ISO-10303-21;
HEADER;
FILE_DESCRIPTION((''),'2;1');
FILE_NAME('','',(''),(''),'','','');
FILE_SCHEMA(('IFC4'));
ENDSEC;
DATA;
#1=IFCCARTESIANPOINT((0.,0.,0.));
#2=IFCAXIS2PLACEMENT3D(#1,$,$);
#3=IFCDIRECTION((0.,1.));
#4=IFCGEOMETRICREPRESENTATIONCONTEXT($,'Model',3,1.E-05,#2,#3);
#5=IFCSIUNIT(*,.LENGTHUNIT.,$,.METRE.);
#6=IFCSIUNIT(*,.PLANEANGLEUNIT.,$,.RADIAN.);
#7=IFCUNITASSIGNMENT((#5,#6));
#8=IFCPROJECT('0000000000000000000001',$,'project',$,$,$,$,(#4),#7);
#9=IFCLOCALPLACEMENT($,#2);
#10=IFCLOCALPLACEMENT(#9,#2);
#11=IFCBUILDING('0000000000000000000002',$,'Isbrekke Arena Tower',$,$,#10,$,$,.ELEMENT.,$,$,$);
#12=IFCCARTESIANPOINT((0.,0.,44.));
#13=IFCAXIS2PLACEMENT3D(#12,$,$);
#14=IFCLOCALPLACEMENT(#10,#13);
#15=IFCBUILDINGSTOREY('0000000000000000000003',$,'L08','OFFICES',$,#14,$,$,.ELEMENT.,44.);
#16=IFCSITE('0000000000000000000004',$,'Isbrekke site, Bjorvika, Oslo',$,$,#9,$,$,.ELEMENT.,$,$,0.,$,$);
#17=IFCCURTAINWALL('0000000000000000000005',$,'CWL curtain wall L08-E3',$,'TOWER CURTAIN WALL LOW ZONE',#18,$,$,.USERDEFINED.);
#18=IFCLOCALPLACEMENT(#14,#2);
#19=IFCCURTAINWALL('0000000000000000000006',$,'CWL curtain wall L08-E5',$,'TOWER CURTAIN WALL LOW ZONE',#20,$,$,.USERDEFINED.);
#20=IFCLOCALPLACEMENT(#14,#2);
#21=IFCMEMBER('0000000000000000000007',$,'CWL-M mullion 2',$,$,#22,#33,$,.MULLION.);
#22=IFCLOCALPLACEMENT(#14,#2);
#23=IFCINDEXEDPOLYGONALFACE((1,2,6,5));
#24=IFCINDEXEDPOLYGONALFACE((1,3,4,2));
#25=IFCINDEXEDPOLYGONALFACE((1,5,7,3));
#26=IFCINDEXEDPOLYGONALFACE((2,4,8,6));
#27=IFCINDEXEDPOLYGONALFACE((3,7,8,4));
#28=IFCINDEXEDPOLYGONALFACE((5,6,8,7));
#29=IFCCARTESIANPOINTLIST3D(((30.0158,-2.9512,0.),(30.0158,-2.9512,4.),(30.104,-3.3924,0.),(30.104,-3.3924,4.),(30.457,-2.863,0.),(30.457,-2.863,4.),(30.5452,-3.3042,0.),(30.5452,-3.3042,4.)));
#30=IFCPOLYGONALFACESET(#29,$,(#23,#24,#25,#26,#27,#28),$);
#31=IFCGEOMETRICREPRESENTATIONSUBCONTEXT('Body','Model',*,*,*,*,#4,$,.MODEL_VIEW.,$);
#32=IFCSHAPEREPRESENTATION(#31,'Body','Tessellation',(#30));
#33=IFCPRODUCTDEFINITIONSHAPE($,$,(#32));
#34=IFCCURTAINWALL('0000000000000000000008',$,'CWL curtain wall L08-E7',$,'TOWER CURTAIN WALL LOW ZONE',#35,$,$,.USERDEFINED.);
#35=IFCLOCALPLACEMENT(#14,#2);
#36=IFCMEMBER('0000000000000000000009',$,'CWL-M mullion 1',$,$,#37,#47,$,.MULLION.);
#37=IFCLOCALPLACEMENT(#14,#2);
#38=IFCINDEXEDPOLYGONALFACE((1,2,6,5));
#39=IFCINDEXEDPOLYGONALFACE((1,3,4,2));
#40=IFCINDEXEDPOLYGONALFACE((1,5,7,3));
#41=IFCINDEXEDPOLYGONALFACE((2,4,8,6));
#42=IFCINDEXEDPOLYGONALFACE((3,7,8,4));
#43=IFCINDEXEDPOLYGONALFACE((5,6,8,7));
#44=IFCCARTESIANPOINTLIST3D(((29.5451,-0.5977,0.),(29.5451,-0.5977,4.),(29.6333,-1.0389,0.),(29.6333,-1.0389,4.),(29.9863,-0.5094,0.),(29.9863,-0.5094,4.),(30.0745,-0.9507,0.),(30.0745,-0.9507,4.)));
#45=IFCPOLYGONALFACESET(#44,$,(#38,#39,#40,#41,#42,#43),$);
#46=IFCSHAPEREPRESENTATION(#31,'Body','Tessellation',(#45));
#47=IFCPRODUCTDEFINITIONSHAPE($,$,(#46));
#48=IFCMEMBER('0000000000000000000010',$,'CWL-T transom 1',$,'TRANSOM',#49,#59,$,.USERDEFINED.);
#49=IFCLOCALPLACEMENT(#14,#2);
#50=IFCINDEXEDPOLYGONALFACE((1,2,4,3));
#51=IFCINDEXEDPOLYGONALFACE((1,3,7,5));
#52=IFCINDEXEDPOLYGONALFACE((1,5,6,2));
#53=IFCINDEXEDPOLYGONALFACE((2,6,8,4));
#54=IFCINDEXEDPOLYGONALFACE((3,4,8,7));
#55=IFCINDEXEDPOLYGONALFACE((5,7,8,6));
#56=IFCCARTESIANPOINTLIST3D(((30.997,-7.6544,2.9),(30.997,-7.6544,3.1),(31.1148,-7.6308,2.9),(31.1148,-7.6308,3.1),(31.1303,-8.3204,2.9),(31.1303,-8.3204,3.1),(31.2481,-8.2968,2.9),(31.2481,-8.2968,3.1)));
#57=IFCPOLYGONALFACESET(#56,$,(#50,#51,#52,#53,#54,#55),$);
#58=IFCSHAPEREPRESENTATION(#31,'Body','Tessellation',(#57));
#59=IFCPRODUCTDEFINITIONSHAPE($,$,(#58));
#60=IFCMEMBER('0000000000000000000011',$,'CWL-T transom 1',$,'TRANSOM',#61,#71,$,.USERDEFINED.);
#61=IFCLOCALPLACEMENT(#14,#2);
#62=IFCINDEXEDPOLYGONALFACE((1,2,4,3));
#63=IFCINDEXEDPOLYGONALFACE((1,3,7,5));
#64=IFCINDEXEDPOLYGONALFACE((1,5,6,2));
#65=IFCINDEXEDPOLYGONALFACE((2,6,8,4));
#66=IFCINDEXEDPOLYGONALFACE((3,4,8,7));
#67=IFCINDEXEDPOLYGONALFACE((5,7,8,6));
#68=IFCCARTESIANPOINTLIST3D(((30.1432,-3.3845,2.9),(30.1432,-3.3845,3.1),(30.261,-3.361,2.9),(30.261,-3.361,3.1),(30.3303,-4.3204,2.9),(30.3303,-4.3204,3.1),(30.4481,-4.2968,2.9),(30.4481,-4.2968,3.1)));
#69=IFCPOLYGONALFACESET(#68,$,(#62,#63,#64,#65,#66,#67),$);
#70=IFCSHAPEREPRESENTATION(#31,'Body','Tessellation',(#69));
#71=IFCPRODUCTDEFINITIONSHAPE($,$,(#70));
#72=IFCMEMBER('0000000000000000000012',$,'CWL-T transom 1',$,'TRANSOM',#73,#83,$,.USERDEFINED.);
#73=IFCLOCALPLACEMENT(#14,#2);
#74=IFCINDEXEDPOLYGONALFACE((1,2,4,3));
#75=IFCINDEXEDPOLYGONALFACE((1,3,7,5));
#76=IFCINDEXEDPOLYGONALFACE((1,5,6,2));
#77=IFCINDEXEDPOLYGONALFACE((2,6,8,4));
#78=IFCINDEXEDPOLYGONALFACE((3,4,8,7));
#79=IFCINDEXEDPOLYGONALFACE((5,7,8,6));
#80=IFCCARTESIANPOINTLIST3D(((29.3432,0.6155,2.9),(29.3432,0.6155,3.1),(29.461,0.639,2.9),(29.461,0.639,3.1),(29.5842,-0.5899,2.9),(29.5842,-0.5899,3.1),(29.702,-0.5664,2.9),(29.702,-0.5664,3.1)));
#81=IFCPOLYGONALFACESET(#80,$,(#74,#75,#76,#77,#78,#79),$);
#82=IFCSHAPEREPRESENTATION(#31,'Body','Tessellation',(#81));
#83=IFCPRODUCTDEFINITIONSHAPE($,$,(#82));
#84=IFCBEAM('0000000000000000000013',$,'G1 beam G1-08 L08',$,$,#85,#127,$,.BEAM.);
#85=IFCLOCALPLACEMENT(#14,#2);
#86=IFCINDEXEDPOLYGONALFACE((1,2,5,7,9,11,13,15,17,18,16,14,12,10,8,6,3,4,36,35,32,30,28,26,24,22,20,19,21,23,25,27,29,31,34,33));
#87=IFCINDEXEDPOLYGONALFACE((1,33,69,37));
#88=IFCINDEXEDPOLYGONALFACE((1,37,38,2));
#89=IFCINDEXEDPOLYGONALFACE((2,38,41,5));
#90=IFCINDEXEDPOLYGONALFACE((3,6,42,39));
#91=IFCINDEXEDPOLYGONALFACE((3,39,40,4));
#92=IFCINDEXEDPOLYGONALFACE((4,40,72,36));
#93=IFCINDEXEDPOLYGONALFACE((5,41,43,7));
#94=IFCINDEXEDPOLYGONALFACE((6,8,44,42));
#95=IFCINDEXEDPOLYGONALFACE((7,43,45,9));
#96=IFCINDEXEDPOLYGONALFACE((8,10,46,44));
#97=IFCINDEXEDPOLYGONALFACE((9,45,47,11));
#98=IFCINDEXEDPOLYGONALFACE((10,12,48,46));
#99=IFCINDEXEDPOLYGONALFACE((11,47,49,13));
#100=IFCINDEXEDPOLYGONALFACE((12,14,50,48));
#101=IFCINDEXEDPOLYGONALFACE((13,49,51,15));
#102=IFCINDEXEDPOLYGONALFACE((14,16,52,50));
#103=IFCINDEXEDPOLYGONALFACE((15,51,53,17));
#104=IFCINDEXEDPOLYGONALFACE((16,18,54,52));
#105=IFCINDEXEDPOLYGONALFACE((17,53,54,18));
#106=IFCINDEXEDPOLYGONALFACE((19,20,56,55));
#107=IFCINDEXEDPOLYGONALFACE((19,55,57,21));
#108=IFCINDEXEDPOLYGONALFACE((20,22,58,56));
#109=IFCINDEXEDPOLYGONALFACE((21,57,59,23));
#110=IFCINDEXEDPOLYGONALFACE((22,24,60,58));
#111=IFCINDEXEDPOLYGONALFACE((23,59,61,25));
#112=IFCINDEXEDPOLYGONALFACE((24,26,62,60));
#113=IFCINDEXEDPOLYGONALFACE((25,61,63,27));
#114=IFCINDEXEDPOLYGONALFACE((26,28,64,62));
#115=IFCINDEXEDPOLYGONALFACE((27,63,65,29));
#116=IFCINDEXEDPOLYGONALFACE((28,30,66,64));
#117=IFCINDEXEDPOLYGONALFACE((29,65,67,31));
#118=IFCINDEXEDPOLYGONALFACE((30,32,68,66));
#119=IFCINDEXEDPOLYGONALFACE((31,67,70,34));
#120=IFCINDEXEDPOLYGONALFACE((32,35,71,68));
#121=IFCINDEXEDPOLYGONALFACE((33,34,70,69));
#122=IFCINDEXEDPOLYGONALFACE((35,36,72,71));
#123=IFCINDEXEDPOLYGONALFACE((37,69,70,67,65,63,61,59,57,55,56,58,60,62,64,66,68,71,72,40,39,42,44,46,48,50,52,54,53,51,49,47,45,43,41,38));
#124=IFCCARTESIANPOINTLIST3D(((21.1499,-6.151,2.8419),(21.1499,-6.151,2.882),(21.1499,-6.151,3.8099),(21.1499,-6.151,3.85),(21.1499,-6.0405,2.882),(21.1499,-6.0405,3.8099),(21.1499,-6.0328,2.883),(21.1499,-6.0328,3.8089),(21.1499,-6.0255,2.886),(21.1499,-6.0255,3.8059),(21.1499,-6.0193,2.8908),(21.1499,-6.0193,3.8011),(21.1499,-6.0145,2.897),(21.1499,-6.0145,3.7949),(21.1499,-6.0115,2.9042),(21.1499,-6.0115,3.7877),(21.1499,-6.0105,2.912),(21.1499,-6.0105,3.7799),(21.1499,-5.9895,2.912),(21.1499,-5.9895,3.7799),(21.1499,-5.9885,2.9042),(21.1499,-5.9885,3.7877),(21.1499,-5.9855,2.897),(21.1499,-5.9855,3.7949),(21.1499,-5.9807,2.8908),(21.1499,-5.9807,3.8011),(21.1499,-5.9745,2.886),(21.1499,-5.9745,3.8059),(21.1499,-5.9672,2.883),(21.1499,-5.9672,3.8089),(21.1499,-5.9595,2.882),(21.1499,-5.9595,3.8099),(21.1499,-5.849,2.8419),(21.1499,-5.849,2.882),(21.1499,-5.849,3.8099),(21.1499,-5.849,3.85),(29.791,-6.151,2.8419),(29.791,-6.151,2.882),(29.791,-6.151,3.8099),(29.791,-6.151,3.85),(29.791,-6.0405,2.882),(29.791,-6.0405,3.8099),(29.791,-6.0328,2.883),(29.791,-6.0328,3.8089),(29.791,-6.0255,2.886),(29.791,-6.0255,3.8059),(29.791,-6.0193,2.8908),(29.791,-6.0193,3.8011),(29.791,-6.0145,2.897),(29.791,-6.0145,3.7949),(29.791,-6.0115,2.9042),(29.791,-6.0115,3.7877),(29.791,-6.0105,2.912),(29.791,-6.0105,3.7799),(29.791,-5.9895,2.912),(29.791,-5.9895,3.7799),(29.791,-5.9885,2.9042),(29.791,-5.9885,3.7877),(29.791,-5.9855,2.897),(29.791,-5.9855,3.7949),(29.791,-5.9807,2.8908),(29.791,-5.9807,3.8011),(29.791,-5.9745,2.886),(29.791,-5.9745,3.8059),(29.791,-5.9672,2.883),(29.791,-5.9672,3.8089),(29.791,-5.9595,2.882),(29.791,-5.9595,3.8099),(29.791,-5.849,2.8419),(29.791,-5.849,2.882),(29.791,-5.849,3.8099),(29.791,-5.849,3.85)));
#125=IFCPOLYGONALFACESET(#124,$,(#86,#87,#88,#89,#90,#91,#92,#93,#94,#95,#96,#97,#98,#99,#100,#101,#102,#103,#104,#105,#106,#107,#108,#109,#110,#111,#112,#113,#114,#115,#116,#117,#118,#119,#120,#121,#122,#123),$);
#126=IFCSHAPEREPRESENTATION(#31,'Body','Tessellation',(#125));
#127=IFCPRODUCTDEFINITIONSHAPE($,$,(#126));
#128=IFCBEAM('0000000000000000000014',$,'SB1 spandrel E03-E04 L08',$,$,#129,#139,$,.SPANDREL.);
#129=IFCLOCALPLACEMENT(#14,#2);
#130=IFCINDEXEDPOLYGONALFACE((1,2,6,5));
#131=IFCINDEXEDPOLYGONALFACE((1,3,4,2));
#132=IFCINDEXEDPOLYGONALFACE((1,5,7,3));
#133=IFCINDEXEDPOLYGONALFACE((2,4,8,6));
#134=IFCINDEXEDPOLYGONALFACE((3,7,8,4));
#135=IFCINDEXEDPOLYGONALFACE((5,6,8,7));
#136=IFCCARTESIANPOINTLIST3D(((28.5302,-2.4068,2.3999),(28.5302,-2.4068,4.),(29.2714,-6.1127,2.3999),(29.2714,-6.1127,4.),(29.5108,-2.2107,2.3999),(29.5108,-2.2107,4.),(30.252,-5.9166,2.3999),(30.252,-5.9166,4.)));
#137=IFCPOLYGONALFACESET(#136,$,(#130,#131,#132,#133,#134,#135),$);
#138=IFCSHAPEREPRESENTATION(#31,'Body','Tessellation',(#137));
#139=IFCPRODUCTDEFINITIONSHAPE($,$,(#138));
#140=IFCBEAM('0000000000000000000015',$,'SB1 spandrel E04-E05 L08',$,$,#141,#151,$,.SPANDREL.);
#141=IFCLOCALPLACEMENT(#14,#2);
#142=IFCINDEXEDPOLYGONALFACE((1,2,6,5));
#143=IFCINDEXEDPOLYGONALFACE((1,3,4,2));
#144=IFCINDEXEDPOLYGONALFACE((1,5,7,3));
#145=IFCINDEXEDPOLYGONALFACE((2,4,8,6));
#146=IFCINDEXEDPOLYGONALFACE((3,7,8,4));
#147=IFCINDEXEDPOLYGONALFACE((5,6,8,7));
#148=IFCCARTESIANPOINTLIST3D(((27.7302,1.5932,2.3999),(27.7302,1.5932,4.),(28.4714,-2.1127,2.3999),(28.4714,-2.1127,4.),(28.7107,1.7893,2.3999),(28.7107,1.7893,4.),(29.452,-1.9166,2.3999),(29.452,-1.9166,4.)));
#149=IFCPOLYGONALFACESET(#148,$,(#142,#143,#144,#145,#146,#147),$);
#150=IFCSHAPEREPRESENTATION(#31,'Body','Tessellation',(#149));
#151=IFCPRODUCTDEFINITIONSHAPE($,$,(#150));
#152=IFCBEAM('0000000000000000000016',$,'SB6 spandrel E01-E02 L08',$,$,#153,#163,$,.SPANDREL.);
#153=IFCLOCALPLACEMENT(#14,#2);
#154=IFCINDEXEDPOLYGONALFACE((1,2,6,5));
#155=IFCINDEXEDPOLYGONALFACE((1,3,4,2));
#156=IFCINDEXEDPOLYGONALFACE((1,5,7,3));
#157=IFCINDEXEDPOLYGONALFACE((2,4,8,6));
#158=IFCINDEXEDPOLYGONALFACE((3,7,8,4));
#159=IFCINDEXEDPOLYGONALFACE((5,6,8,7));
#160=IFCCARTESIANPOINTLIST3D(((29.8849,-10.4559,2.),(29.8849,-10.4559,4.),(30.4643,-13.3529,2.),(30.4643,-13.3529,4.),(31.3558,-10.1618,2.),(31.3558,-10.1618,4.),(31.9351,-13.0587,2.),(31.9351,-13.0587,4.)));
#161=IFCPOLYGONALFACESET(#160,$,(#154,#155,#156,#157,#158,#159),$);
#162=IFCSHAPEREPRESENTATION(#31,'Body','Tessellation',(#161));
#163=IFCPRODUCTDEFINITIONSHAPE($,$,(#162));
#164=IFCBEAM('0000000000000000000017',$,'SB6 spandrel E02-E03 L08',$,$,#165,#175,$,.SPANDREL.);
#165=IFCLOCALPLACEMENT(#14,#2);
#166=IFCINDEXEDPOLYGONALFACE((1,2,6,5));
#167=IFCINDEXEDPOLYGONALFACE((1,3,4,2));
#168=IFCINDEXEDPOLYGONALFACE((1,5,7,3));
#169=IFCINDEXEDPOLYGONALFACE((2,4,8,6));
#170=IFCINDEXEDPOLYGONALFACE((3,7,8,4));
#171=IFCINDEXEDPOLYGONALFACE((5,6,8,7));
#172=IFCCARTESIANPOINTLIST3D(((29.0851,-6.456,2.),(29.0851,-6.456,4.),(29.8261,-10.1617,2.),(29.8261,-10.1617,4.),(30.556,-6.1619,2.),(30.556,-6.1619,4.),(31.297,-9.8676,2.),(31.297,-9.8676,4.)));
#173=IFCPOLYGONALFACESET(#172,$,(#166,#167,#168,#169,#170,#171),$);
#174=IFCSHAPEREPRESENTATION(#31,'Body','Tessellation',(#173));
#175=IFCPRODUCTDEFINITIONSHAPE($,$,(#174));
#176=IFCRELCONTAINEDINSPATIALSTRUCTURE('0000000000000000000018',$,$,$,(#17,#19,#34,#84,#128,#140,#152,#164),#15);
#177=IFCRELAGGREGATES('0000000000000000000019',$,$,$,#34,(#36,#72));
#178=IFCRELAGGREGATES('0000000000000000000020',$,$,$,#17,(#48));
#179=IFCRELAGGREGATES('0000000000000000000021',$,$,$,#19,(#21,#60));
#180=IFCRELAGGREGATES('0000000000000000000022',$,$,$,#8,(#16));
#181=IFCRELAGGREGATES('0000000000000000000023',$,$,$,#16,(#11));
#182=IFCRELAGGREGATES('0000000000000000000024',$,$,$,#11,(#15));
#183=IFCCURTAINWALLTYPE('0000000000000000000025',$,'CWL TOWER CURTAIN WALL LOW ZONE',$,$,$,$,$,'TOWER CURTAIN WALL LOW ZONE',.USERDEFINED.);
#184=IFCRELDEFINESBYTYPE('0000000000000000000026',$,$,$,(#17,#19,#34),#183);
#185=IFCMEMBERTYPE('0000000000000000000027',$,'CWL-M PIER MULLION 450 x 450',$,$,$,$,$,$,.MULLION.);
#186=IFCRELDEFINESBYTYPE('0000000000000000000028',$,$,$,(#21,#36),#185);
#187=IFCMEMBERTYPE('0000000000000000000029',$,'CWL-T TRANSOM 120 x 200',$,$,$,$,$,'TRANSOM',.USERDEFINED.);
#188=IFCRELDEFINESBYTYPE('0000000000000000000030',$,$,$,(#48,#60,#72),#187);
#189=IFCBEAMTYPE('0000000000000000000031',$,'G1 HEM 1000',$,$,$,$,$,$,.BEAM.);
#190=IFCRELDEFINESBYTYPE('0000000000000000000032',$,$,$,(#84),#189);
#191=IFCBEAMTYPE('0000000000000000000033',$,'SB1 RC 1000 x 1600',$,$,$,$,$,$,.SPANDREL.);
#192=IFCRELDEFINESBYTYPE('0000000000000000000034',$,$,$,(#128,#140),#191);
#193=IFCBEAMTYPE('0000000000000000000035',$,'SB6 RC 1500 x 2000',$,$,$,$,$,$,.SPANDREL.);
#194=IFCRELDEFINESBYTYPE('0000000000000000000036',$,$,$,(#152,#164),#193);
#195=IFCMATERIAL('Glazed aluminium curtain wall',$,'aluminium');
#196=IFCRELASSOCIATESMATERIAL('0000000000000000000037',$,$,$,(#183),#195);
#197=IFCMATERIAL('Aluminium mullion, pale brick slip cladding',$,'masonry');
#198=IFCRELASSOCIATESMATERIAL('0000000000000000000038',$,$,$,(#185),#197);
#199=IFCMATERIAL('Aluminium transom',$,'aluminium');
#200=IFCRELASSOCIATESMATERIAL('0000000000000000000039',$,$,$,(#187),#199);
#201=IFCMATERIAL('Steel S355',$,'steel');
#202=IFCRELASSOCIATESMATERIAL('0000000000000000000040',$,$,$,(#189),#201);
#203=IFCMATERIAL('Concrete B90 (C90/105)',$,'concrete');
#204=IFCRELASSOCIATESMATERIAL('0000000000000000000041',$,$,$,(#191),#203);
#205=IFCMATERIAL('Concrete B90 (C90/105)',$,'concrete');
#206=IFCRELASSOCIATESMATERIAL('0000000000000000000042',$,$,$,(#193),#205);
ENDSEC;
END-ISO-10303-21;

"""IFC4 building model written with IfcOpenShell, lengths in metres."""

from ifc_helpers import new_model, si_unit, direction, frame, origin, origin_2d, place, context, subcontext, project, spatial, rectangle, i_section, extrude, material, material_profile, profile_set, type_object, element, aggregate, save


model = new_model("IFC4")

# Units and contexts
model_context = context("Model", 3, precision=1e-05, world=origin(), true_north=direction((0.0, 1.0)))
body_context = subcontext(model_context, "Body", "Model", "MODEL_VIEW")
ifc_project = project(units=[si_unit("LENGTHUNIT", "METRE"), si_unit("PLANEANGLEUNIT", "RADIAN")], contexts=[model_context])

# Site, building, storey
site_placement = place(None, origin())
site = spatial("IfcSite", under=ifc_project, at=site_placement, Name="Isbrekke site, Bjorvika, Oslo", CompositionType="ELEMENT", RefElevation=0.0)
building_placement = place(site_placement, origin())
building = spatial("IfcBuilding", under=site, at=building_placement, Name="Isbrekke Arena Tower", CompositionType="ELEMENT")
storey_placement = place(building_placement, frame((0.0, 0.0, 44.0)))
storey = spatial("IfcBuildingStorey", under=building, at=storey_placement, Name="L08", Description="OFFICES", CompositionType="ELEMENT", Elevation=44.0)

# Curtain walls, member
ifc_material_1 = material(Name="Glazed aluminium curtain wall", Category="aluminium")
curtain_wall_type = type_object("IfcCurtainWallType", Name="CWL TOWER CURTAIN WALL LOW ZONE", ElementType="TOWER CURTAIN WALL LOW ZONE", PredefinedType="USERDEFINED", material=ifc_material_1)
curtain_wall_1_placement = place(storey_placement, origin())
curtain_wall_1 = element("IfcCurtainWall", 1, at=curtain_wall_1_placement, inside=storey, type_object=curtain_wall_type, Name="CWL curtain wall L08-E3", ObjectType="TOWER CURTAIN WALL LOW ZONE", PredefinedType="USERDEFINED")
ifc_material_2 = material(Name="Aluminium mullion, pale brick slip cladding", Category="masonry")
ifc_material_profile_1 = material_profile(ifc_material_2, rectangle(XDim=0.45, YDim=0.45, at=origin_2d()), Name="PIER 450X450")
ifc_profile_set_1 = profile_set([ifc_material_profile_1], Name="Aluminium mullion, pale brick slip cladding")
member_type_1 = type_object("IfcMemberType", Name="CWL-M PIER MULLION 450 x 450", PredefinedType="MULLION", material=ifc_profile_set_1)
curtain_wall_2_placement = place(storey_placement, origin())
curtain_wall_2 = element("IfcCurtainWall", 2, at=curtain_wall_2_placement, inside=storey, type_object=curtain_wall_type, Name="CWL curtain wall L08-E5", ObjectType="TOWER CURTAIN WALL LOW ZONE", PredefinedType="USERDEFINED")
member_1_placement = place(storey_placement, frame((30.2805, -3.1277, 0.0), z_axis=(0.0, 0.0, 1.0), x_axis=(-0.196116, 0.980581, 0.0)))
member_1 = element("IfcMember", 3, at=member_1_placement, type_object=member_type_1, Name="CWL-M mullion 2", PredefinedType="MULLION", context=body_context, shape_type="SweptSolid", body=[
    extrude(rectangle(XDim=0.45, YDim=0.45, at=origin_2d()), origin(), (0.0, 0.0, 1.0), 4.0),
])

# Curtain wall, member
curtain_wall_3_placement = place(storey_placement, origin())
curtain_wall_3 = element("IfcCurtainWall", 4, at=curtain_wall_3_placement, inside=storey, type_object=curtain_wall_type, Name="CWL curtain wall L08-E7", ObjectType="TOWER CURTAIN WALL LOW ZONE", PredefinedType="USERDEFINED")
member_2_placement = place(storey_placement, frame((29.8098, -0.7742, 0.0), z_axis=(0.0, 0.0, 1.0), x_axis=(-0.196116, 0.980581, 0.0)))
member_2 = element("IfcMember", 5, at=member_2_placement, type_object=member_type_1, Name="CWL-M mullion 1", PredefinedType="MULLION", context=body_context, shape_type="SweptSolid", body=[
    extrude(rectangle(XDim=0.45, YDim=0.45, at=origin_2d()), origin(), (0.0, 0.0, 1.0), 4.0),
])

# Members
ifc_material_3 = material(Name="Aluminium transom", Category="aluminium")
ifc_material_profile_2 = material_profile(ifc_material_3, rectangle(XDim=0.1201, YDim=0.2, at=origin_2d()), Name="TRANSOM 120X200")
ifc_profile_set_2 = profile_set([ifc_material_profile_2], Name="Aluminium transom")
member_type_2 = type_object("IfcMemberType", Name="CWL-T TRANSOM 120 x 200", ElementType="TRANSOM", PredefinedType="USERDEFINED", material=ifc_profile_set_2)
member_3_placement = place(storey_placement, frame((31.1892, -8.3086, 3.0), z_axis=(-0.196254, 0.980553, 0.0), x_axis=(-0.980553, -0.196254, 0.0)))
member_3 = element("IfcMember", 6, at=member_3_placement, type_object=member_type_2, Name="CWL-T transom 1", ObjectType="TRANSOM", PredefinedType="USERDEFINED", context=body_context, shape_type="SweptSolid", body=[
    extrude(rectangle(XDim=0.1201, YDim=0.2, at=origin_2d()), origin(), (0.0, 0.0, 1.0), 0.6792),
])
member_4_placement = place(storey_placement, frame((30.3892, -4.3086, 3.0), z_axis=(-0.195969, 0.98061, 0.0), x_axis=(-0.98061, -0.195969, 0.0)))
member_4 = element("IfcMember", 7, at=member_4_placement, type_object=member_type_2, Name="CWL-T transom 1", ObjectType="TRANSOM", PredefinedType="USERDEFINED", context=body_context, shape_type="SweptSolid", body=[
    extrude(rectangle(XDim=0.1201, YDim=0.2, at=origin_2d()), origin(), (0.0, 0.0, 1.0), 0.9543),
])
member_5_placement = place(storey_placement, frame((29.6431, -0.5781, 3.0), z_axis=(-0.19604, 0.980596, 0.0), x_axis=(-0.980596, -0.19604, 0.0)))
member_5 = element("IfcMember", 8, at=member_5_placement, type_object=member_type_2, Name="CWL-T transom 1", ObjectType="TRANSOM", PredefinedType="USERDEFINED", context=body_context, shape_type="SweptSolid", body=[
    extrude(rectangle(XDim=0.1201, YDim=0.2, at=origin_2d()), origin(), (0.0, 0.0, 1.0), 1.2292),
])
aggregate(curtain_wall_3, [member_2, member_5])

# Beams
ifc_material_4 = material(Name="Steel S355", Category="steel")
ifc_material_profile_3 = material_profile(ifc_material_4, i_section(OverallWidth=0.302, OverallDepth=1.0081, WebThickness=0.021, FlangeThickness=0.04, FilletRadius=0.03, at=origin_2d()), Name="HEM 1000")
ifc_profile_set_3 = profile_set([ifc_material_profile_3], Name="Steel S355")
beam_type_1 = type_object("IfcBeamType", Name="G1 HEM 1000", PredefinedType="BEAM", material=ifc_profile_set_3)
beam_1_placement = place(storey_placement, frame((21.1499, -6.0, 3.3459), z_axis=(1.0, 0.0, 0.0), x_axis=(0.0, 1.0, 0.0)))
element("IfcBeam", 9, at=beam_1_placement, inside=storey, type_object=beam_type_1, Name="G1 beam G1-08 L08", PredefinedType="BEAM", context=body_context, shape_type="SweptSolid", body=[
    extrude(i_section(OverallWidth=0.302, OverallDepth=1.0081, WebThickness=0.021, FlangeThickness=0.04, FilletRadius=0.03, at=origin_2d()), origin(), (0.0, 0.0, 1.0), 8.6411),
])
ifc_material_5 = material(Name="Concrete B90 (C90/105)", Category="concrete")
ifc_material_profile_4 = material_profile(ifc_material_5, rectangle(XDim=1.0, YDim=1.6001, at=origin_2d()), Name="RC 1000x1600")
ifc_profile_set_4 = profile_set([ifc_material_profile_4], Name="Concrete B90 (C90/105)")
beam_type_2 = type_object("IfcBeamType", Name="SB1 RC 1000 x 1600", PredefinedType="SPANDREL", material=ifc_profile_set_4)
for number, where, z_axis, x_axis, name in (
    (10, (29.7617, -6.0146, 3.2), (-0.196129, 0.980578, 0.0), (-0.980578, -0.196129, 0.0), "SB1 spandrel E03-E04 L08"),
    (11, (28.9617, -2.0146, 3.2), (-0.196129, 0.980578, 0.0), (-0.980578, -0.196129, 0.0), "SB1 spandrel E04-E05 L08"),
):
    element("IfcBeam", number, at=place(storey_placement, frame(where, z_axis=z_axis, x_axis=x_axis)), inside=storey, type_object=beam_type_2, Name=name, PredefinedType="SPANDREL", context=body_context, shape_type="SweptSolid", body=[
        extrude(rectangle(XDim=1.0, YDim=1.6001, at=origin_2d()), origin(), (0.0, 0.0, 1.0), 3.7793),
    ])
ifc_material_6 = material(Name="Concrete B90 (C90/105)", Category="concrete")
ifc_material_profile_5 = material_profile(ifc_material_6, rectangle(XDim=1.5, YDim=2.0, at=origin_2d()), Name="RC 1500x2000")
ifc_profile_set_5 = profile_set([ifc_material_profile_5], Name="Concrete B90 (C90/105)")
beam_type_3 = type_object("IfcBeamType", Name="SB6 RC 1500 x 2000", PredefinedType="SPANDREL", material=ifc_profile_set_5)
beam_2_placement = place(storey_placement, frame((31.1997, -13.2058, 3.0), z_axis=(-0.1961, 0.980584, 0.0), x_axis=(-0.980584, -0.1961, 0.0)))
element("IfcBeam", 12, at=beam_2_placement, inside=storey, type_object=beam_type_3, Name="SB6 spandrel E01-E02 L08", PredefinedType="SPANDREL", context=body_context, shape_type="SweptSolid", body=[
    extrude(rectangle(XDim=1.5, YDim=2.0, at=origin_2d()), origin(), (0.0, 0.0, 1.0), 2.9543),
])
beam_3_placement = place(storey_placement, frame((30.5615, -10.0146, 3.0), z_axis=(-0.196066, 0.980591, 0.0), x_axis=(-0.980591, -0.196066, 0.0)))
element("IfcBeam", 13, at=beam_3_placement, inside=storey, type_object=beam_type_3, Name="SB6 spandrel E02-E03 L08", PredefinedType="SPANDREL", context=body_context, shape_type="SweptSolid", body=[
    extrude(rectangle(XDim=1.5, YDim=2.0, at=origin_2d()), origin(), (0.0, 0.0, 1.0), 3.7791),
])

aggregate(curtain_wall_1, [member_3])
aggregate(curtain_wall_2, [member_1, member_4])

save(model, "model.ifc")
